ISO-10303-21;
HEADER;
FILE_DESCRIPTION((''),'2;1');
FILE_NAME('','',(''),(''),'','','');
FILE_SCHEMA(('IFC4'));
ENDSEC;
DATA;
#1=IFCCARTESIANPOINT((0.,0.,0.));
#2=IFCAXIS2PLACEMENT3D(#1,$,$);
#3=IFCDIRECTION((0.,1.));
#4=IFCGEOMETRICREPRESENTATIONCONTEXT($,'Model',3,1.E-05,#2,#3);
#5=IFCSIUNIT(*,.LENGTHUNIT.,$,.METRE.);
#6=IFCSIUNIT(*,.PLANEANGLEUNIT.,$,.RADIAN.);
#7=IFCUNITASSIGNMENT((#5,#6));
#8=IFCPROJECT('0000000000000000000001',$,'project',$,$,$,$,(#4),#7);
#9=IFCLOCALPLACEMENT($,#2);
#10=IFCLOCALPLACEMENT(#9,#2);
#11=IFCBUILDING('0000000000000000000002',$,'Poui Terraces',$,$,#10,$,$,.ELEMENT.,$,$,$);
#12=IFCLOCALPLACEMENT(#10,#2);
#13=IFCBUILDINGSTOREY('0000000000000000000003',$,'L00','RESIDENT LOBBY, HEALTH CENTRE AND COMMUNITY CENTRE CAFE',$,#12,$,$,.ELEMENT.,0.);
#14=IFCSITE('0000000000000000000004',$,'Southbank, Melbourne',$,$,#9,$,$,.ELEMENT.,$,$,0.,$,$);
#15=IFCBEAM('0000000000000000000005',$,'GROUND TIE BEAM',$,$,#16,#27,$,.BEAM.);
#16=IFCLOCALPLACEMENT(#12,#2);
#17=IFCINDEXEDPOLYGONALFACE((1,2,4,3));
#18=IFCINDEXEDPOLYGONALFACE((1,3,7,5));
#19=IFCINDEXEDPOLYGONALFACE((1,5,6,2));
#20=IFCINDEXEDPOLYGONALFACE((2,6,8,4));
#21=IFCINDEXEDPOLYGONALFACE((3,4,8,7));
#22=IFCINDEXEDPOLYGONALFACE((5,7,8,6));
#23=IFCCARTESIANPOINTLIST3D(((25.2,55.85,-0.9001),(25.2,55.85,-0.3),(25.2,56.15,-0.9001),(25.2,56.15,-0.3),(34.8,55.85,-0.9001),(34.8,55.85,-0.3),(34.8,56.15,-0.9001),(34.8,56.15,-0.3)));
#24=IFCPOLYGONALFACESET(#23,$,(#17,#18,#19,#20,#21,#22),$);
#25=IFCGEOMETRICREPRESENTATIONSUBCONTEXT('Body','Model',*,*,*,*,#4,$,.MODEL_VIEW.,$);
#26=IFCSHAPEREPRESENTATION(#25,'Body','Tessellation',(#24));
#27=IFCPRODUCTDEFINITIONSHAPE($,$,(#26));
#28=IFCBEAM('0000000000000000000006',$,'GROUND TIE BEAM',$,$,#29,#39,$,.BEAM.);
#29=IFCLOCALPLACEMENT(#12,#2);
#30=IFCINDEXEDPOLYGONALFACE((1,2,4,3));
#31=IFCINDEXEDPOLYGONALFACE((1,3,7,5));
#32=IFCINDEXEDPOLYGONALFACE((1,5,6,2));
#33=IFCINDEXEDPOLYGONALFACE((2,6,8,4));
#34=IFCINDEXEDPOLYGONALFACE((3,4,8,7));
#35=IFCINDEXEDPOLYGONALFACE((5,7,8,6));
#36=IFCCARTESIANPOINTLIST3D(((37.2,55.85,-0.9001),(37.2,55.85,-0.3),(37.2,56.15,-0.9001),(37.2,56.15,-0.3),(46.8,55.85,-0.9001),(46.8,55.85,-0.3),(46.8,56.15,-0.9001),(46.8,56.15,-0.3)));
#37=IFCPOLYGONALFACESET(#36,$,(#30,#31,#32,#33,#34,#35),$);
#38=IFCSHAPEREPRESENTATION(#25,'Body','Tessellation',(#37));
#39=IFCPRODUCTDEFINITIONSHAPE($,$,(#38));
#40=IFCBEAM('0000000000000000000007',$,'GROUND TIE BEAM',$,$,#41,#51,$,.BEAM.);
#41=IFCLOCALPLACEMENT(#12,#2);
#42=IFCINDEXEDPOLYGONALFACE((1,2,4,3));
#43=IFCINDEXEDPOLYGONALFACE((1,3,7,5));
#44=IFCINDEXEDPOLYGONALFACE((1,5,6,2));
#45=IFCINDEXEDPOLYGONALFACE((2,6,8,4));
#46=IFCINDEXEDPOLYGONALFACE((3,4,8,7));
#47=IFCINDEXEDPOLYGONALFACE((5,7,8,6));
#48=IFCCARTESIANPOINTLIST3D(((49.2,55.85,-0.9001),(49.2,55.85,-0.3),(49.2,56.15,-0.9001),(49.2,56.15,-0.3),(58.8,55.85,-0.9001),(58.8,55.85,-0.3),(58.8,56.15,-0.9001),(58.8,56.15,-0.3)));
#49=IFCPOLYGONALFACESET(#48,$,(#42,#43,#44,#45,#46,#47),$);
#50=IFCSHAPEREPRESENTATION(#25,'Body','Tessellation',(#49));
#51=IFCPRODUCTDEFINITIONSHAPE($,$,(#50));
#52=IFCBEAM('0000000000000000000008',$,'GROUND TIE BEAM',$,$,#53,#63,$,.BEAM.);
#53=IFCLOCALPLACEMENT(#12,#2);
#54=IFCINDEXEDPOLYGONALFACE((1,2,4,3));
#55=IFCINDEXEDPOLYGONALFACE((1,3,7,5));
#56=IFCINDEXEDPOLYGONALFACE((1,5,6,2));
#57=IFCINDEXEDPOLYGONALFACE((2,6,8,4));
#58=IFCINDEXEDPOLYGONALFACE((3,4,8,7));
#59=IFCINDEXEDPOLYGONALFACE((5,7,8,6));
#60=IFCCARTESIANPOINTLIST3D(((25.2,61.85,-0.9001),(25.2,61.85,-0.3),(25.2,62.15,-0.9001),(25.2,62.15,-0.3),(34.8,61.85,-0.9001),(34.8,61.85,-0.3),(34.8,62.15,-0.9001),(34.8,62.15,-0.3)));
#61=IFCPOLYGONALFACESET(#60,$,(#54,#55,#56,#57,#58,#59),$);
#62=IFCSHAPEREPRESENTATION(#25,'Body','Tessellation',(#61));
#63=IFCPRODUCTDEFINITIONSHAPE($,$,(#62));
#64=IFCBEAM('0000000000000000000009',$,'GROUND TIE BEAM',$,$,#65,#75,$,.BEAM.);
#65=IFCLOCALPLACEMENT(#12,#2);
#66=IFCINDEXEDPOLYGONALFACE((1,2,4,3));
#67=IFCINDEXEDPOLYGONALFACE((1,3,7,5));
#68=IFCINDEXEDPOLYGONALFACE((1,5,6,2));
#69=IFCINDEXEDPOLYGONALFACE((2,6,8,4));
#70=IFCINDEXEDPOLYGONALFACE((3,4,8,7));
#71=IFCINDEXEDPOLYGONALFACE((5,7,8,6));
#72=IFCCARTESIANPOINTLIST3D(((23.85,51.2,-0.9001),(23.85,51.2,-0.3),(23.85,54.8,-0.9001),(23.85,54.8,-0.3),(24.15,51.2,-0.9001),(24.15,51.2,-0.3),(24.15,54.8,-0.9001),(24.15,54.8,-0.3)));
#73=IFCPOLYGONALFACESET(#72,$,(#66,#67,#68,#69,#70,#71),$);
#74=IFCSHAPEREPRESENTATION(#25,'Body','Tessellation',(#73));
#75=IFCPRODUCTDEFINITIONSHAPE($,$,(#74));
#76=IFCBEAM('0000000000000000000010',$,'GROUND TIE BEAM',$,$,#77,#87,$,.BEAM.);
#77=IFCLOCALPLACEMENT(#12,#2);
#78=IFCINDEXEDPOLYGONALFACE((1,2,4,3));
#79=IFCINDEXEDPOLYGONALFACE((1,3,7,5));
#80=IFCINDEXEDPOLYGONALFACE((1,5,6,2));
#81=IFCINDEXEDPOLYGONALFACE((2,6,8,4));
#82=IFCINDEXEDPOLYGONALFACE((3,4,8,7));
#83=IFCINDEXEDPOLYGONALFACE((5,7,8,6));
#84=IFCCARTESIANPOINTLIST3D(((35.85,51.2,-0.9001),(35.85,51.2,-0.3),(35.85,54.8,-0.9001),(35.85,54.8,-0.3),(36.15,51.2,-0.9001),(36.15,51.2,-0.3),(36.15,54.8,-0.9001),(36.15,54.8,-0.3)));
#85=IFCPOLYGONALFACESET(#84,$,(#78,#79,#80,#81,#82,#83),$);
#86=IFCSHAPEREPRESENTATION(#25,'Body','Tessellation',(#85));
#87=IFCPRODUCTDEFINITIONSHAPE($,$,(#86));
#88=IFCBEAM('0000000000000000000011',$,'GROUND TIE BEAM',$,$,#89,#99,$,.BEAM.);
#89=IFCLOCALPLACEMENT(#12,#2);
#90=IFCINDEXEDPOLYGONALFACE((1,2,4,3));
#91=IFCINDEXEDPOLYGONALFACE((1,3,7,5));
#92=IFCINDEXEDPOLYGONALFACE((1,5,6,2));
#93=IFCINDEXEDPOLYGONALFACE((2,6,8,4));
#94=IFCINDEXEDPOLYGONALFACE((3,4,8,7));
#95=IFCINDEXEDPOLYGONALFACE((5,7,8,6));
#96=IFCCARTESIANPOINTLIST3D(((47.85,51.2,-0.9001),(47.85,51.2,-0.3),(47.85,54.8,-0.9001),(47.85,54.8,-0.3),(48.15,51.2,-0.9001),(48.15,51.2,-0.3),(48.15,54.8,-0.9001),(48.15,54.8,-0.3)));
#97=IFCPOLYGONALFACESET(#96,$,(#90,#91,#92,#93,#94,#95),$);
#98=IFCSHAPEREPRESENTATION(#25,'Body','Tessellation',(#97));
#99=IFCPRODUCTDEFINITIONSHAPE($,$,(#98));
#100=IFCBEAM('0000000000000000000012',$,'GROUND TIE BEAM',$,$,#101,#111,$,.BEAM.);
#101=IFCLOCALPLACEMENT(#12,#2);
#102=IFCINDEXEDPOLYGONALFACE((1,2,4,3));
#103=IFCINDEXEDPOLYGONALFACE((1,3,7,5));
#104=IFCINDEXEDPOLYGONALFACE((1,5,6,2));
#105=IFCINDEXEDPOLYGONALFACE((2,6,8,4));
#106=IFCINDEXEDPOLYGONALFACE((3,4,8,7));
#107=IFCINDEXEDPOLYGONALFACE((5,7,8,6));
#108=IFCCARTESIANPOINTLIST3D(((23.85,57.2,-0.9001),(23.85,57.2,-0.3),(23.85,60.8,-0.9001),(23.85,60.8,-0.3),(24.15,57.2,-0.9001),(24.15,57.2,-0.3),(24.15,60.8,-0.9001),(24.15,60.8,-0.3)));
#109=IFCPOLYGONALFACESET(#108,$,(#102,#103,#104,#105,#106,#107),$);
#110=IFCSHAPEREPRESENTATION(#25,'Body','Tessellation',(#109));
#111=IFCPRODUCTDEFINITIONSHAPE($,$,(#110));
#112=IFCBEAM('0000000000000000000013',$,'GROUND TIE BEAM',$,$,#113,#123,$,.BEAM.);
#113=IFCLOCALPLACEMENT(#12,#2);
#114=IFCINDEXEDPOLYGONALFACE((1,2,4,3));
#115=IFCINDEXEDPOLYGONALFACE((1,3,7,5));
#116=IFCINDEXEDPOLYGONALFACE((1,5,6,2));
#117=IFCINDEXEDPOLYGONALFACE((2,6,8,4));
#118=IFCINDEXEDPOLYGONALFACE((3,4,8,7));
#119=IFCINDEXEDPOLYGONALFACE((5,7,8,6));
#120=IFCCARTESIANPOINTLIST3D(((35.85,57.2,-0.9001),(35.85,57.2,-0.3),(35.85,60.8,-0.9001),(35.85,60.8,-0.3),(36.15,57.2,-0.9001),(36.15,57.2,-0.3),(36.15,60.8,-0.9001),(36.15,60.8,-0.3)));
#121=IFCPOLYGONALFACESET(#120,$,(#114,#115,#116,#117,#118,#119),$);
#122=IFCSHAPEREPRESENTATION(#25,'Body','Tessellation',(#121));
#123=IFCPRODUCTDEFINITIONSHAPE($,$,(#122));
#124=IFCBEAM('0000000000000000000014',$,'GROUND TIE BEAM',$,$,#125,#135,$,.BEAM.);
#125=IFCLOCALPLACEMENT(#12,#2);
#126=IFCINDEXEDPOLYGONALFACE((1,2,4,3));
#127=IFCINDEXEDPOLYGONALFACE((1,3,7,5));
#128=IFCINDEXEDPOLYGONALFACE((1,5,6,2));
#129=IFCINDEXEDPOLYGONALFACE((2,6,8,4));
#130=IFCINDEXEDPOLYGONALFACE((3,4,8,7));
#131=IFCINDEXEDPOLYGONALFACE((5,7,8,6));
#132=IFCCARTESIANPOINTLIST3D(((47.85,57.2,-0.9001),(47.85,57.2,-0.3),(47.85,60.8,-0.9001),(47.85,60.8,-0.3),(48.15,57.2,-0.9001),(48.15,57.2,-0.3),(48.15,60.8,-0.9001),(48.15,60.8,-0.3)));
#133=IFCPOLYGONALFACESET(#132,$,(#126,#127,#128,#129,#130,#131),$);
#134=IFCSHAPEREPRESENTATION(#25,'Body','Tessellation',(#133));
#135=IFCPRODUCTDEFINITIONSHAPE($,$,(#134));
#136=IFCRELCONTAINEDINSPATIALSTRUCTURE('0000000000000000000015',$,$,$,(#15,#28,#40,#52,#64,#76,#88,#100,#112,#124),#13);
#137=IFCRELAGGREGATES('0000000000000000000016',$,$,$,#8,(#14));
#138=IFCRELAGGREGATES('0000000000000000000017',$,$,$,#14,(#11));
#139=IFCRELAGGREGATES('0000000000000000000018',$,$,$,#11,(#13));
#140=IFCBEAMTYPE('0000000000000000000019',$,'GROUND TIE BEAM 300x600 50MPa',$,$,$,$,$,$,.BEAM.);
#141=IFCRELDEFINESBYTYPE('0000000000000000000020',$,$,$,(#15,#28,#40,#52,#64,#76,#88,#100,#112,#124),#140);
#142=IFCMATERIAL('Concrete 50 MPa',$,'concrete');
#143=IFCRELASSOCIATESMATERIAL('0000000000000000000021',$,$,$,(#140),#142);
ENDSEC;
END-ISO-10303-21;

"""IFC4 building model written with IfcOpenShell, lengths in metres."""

from ifc_helpers import new_model, si_unit, direction, frame, origin, origin_2d, place, context, subcontext, project, spatial, rectangle, extrude, source, transform, mapped, material, material_profile, profile_set, type_object, element, save


model = new_model("IFC4")

# Units and contexts
model_context = context("Model", 3, precision=1e-05, world=origin(), true_north=direction((0.0, 1.0)))
body_context = subcontext(model_context, "Body", "Model", "MODEL_VIEW")
ifc_project = project(units=[si_unit("LENGTHUNIT", "METRE"), si_unit("PLANEANGLEUNIT", "RADIAN")], contexts=[model_context])

# Site, building, storey
site_placement = place(None, origin())
site = spatial("IfcSite", under=ifc_project, at=site_placement, Name="Southbank, Melbourne", CompositionType="ELEMENT", RefElevation=0.0)
building_placement = place(site_placement, origin())
building = spatial("IfcBuilding", under=site, at=building_placement, Name="Poui Terraces", CompositionType="ELEMENT")
storey_placement = place(building_placement, origin())
storey = spatial("IfcBuildingStorey", under=building, at=storey_placement, Name="L00", Description="RESIDENT LOBBY, HEALTH CENTRE AND COMMUNITY CENTRE CAFE", CompositionType="ELEMENT", Elevation=0.0)

# Shared definitions
ifc_material_1 = material(Name="Concrete 50 MPa", Category="concrete")

# Beams
ifc_material_profile_1 = material_profile(ifc_material_1, rectangle(XDim=0.3, YDim=0.6001, at=origin_2d()), Name="RC 300x600")
ifc_profile_set_1 = profile_set([ifc_material_profile_1], Name="Concrete 50 MPa")
beam_type = type_object("IfcBeamType", Name="GROUND TIE BEAM 300x600 50MPa", PredefinedType="BEAM", material=ifc_profile_set_1)
shared_shape_1 = source(origin(), body_context, "Body", "SweptSolid", [
    extrude(rectangle(XDim=0.3, YDim=0.6001, at=origin_2d()), origin(), (0.0, 0.0, 1.0), 9.6001),
])
for number, where, z_axis, x_axis, name in (
    (1, (25.2, 56.0, -0.6001), (1.0, 0.0, 0.0), (0.0, 1.0, 0.0), "GROUND TIE BEAM"),
    (2, (37.2, 56.0, -0.6001), (1.0, 0.0, 0.0), (0.0, 1.0, 0.0), "GROUND TIE BEAM"),
    (3, (49.2, 56.0, -0.6001), (1.0, 0.0, 0.0), (0.0, 1.0, 0.0), "GROUND TIE BEAM"),
    (4, (25.2, 62.0, -0.6001), (1.0, 0.0, 0.0), (0.0, 1.0, 0.0), "GROUND TIE BEAM"),
):
    element("IfcBeam", number, at=place(storey_placement, frame(where, z_axis=z_axis, x_axis=x_axis)), inside=storey, type_object=beam_type, Name=name, PredefinedType="BEAM", context=body_context, shape_type="MappedRepresentation", body=[
        mapped(shared_shape_1, transform((0.0, 0.0, 0.0))),
    ])
shared_shape_2 = source(origin(), body_context, "Body", "SweptSolid", [
    extrude(rectangle(XDim=0.3, YDim=0.6001, at=origin_2d()), origin(), (0.0, 0.0, 1.0), 3.6001),
])
for number, where, z_axis, x_axis, name in (
    (5, (24.0, 51.2, -0.6001), (0.0, 1.0, 0.0), (-1.0, 0.0, 0.0), "GROUND TIE BEAM"),
    (6, (36.0, 51.2, -0.6001), (0.0, 1.0, 0.0), (-1.0, 0.0, 0.0), "GROUND TIE BEAM"),
    (7, (48.0, 51.2, -0.6001), (0.0, 1.0, 0.0), (-1.0, 0.0, 0.0), "GROUND TIE BEAM"),
    (8, (24.0, 57.2, -0.6001), (0.0, 1.0, 0.0), (-1.0, 0.0, 0.0), "GROUND TIE BEAM"),
    (9, (36.0, 57.2, -0.6001), (0.0, 1.0, 0.0), (-1.0, 0.0, 0.0), "GROUND TIE BEAM"),
    (10, (48.0, 57.2, -0.6001), (0.0, 1.0, 0.0), (-1.0, 0.0, 0.0), "GROUND TIE BEAM"),
):
    element("IfcBeam", number, at=place(storey_placement, frame(where, z_axis=z_axis, x_axis=x_axis)), inside=storey, type_object=beam_type, Name=name, PredefinedType="BEAM", context=body_context, shape_type="MappedRepresentation", body=[
        mapped(shared_shape_2, transform((0.0, 0.0, 0.0))),
    ])

save(model, "model.ifc")
